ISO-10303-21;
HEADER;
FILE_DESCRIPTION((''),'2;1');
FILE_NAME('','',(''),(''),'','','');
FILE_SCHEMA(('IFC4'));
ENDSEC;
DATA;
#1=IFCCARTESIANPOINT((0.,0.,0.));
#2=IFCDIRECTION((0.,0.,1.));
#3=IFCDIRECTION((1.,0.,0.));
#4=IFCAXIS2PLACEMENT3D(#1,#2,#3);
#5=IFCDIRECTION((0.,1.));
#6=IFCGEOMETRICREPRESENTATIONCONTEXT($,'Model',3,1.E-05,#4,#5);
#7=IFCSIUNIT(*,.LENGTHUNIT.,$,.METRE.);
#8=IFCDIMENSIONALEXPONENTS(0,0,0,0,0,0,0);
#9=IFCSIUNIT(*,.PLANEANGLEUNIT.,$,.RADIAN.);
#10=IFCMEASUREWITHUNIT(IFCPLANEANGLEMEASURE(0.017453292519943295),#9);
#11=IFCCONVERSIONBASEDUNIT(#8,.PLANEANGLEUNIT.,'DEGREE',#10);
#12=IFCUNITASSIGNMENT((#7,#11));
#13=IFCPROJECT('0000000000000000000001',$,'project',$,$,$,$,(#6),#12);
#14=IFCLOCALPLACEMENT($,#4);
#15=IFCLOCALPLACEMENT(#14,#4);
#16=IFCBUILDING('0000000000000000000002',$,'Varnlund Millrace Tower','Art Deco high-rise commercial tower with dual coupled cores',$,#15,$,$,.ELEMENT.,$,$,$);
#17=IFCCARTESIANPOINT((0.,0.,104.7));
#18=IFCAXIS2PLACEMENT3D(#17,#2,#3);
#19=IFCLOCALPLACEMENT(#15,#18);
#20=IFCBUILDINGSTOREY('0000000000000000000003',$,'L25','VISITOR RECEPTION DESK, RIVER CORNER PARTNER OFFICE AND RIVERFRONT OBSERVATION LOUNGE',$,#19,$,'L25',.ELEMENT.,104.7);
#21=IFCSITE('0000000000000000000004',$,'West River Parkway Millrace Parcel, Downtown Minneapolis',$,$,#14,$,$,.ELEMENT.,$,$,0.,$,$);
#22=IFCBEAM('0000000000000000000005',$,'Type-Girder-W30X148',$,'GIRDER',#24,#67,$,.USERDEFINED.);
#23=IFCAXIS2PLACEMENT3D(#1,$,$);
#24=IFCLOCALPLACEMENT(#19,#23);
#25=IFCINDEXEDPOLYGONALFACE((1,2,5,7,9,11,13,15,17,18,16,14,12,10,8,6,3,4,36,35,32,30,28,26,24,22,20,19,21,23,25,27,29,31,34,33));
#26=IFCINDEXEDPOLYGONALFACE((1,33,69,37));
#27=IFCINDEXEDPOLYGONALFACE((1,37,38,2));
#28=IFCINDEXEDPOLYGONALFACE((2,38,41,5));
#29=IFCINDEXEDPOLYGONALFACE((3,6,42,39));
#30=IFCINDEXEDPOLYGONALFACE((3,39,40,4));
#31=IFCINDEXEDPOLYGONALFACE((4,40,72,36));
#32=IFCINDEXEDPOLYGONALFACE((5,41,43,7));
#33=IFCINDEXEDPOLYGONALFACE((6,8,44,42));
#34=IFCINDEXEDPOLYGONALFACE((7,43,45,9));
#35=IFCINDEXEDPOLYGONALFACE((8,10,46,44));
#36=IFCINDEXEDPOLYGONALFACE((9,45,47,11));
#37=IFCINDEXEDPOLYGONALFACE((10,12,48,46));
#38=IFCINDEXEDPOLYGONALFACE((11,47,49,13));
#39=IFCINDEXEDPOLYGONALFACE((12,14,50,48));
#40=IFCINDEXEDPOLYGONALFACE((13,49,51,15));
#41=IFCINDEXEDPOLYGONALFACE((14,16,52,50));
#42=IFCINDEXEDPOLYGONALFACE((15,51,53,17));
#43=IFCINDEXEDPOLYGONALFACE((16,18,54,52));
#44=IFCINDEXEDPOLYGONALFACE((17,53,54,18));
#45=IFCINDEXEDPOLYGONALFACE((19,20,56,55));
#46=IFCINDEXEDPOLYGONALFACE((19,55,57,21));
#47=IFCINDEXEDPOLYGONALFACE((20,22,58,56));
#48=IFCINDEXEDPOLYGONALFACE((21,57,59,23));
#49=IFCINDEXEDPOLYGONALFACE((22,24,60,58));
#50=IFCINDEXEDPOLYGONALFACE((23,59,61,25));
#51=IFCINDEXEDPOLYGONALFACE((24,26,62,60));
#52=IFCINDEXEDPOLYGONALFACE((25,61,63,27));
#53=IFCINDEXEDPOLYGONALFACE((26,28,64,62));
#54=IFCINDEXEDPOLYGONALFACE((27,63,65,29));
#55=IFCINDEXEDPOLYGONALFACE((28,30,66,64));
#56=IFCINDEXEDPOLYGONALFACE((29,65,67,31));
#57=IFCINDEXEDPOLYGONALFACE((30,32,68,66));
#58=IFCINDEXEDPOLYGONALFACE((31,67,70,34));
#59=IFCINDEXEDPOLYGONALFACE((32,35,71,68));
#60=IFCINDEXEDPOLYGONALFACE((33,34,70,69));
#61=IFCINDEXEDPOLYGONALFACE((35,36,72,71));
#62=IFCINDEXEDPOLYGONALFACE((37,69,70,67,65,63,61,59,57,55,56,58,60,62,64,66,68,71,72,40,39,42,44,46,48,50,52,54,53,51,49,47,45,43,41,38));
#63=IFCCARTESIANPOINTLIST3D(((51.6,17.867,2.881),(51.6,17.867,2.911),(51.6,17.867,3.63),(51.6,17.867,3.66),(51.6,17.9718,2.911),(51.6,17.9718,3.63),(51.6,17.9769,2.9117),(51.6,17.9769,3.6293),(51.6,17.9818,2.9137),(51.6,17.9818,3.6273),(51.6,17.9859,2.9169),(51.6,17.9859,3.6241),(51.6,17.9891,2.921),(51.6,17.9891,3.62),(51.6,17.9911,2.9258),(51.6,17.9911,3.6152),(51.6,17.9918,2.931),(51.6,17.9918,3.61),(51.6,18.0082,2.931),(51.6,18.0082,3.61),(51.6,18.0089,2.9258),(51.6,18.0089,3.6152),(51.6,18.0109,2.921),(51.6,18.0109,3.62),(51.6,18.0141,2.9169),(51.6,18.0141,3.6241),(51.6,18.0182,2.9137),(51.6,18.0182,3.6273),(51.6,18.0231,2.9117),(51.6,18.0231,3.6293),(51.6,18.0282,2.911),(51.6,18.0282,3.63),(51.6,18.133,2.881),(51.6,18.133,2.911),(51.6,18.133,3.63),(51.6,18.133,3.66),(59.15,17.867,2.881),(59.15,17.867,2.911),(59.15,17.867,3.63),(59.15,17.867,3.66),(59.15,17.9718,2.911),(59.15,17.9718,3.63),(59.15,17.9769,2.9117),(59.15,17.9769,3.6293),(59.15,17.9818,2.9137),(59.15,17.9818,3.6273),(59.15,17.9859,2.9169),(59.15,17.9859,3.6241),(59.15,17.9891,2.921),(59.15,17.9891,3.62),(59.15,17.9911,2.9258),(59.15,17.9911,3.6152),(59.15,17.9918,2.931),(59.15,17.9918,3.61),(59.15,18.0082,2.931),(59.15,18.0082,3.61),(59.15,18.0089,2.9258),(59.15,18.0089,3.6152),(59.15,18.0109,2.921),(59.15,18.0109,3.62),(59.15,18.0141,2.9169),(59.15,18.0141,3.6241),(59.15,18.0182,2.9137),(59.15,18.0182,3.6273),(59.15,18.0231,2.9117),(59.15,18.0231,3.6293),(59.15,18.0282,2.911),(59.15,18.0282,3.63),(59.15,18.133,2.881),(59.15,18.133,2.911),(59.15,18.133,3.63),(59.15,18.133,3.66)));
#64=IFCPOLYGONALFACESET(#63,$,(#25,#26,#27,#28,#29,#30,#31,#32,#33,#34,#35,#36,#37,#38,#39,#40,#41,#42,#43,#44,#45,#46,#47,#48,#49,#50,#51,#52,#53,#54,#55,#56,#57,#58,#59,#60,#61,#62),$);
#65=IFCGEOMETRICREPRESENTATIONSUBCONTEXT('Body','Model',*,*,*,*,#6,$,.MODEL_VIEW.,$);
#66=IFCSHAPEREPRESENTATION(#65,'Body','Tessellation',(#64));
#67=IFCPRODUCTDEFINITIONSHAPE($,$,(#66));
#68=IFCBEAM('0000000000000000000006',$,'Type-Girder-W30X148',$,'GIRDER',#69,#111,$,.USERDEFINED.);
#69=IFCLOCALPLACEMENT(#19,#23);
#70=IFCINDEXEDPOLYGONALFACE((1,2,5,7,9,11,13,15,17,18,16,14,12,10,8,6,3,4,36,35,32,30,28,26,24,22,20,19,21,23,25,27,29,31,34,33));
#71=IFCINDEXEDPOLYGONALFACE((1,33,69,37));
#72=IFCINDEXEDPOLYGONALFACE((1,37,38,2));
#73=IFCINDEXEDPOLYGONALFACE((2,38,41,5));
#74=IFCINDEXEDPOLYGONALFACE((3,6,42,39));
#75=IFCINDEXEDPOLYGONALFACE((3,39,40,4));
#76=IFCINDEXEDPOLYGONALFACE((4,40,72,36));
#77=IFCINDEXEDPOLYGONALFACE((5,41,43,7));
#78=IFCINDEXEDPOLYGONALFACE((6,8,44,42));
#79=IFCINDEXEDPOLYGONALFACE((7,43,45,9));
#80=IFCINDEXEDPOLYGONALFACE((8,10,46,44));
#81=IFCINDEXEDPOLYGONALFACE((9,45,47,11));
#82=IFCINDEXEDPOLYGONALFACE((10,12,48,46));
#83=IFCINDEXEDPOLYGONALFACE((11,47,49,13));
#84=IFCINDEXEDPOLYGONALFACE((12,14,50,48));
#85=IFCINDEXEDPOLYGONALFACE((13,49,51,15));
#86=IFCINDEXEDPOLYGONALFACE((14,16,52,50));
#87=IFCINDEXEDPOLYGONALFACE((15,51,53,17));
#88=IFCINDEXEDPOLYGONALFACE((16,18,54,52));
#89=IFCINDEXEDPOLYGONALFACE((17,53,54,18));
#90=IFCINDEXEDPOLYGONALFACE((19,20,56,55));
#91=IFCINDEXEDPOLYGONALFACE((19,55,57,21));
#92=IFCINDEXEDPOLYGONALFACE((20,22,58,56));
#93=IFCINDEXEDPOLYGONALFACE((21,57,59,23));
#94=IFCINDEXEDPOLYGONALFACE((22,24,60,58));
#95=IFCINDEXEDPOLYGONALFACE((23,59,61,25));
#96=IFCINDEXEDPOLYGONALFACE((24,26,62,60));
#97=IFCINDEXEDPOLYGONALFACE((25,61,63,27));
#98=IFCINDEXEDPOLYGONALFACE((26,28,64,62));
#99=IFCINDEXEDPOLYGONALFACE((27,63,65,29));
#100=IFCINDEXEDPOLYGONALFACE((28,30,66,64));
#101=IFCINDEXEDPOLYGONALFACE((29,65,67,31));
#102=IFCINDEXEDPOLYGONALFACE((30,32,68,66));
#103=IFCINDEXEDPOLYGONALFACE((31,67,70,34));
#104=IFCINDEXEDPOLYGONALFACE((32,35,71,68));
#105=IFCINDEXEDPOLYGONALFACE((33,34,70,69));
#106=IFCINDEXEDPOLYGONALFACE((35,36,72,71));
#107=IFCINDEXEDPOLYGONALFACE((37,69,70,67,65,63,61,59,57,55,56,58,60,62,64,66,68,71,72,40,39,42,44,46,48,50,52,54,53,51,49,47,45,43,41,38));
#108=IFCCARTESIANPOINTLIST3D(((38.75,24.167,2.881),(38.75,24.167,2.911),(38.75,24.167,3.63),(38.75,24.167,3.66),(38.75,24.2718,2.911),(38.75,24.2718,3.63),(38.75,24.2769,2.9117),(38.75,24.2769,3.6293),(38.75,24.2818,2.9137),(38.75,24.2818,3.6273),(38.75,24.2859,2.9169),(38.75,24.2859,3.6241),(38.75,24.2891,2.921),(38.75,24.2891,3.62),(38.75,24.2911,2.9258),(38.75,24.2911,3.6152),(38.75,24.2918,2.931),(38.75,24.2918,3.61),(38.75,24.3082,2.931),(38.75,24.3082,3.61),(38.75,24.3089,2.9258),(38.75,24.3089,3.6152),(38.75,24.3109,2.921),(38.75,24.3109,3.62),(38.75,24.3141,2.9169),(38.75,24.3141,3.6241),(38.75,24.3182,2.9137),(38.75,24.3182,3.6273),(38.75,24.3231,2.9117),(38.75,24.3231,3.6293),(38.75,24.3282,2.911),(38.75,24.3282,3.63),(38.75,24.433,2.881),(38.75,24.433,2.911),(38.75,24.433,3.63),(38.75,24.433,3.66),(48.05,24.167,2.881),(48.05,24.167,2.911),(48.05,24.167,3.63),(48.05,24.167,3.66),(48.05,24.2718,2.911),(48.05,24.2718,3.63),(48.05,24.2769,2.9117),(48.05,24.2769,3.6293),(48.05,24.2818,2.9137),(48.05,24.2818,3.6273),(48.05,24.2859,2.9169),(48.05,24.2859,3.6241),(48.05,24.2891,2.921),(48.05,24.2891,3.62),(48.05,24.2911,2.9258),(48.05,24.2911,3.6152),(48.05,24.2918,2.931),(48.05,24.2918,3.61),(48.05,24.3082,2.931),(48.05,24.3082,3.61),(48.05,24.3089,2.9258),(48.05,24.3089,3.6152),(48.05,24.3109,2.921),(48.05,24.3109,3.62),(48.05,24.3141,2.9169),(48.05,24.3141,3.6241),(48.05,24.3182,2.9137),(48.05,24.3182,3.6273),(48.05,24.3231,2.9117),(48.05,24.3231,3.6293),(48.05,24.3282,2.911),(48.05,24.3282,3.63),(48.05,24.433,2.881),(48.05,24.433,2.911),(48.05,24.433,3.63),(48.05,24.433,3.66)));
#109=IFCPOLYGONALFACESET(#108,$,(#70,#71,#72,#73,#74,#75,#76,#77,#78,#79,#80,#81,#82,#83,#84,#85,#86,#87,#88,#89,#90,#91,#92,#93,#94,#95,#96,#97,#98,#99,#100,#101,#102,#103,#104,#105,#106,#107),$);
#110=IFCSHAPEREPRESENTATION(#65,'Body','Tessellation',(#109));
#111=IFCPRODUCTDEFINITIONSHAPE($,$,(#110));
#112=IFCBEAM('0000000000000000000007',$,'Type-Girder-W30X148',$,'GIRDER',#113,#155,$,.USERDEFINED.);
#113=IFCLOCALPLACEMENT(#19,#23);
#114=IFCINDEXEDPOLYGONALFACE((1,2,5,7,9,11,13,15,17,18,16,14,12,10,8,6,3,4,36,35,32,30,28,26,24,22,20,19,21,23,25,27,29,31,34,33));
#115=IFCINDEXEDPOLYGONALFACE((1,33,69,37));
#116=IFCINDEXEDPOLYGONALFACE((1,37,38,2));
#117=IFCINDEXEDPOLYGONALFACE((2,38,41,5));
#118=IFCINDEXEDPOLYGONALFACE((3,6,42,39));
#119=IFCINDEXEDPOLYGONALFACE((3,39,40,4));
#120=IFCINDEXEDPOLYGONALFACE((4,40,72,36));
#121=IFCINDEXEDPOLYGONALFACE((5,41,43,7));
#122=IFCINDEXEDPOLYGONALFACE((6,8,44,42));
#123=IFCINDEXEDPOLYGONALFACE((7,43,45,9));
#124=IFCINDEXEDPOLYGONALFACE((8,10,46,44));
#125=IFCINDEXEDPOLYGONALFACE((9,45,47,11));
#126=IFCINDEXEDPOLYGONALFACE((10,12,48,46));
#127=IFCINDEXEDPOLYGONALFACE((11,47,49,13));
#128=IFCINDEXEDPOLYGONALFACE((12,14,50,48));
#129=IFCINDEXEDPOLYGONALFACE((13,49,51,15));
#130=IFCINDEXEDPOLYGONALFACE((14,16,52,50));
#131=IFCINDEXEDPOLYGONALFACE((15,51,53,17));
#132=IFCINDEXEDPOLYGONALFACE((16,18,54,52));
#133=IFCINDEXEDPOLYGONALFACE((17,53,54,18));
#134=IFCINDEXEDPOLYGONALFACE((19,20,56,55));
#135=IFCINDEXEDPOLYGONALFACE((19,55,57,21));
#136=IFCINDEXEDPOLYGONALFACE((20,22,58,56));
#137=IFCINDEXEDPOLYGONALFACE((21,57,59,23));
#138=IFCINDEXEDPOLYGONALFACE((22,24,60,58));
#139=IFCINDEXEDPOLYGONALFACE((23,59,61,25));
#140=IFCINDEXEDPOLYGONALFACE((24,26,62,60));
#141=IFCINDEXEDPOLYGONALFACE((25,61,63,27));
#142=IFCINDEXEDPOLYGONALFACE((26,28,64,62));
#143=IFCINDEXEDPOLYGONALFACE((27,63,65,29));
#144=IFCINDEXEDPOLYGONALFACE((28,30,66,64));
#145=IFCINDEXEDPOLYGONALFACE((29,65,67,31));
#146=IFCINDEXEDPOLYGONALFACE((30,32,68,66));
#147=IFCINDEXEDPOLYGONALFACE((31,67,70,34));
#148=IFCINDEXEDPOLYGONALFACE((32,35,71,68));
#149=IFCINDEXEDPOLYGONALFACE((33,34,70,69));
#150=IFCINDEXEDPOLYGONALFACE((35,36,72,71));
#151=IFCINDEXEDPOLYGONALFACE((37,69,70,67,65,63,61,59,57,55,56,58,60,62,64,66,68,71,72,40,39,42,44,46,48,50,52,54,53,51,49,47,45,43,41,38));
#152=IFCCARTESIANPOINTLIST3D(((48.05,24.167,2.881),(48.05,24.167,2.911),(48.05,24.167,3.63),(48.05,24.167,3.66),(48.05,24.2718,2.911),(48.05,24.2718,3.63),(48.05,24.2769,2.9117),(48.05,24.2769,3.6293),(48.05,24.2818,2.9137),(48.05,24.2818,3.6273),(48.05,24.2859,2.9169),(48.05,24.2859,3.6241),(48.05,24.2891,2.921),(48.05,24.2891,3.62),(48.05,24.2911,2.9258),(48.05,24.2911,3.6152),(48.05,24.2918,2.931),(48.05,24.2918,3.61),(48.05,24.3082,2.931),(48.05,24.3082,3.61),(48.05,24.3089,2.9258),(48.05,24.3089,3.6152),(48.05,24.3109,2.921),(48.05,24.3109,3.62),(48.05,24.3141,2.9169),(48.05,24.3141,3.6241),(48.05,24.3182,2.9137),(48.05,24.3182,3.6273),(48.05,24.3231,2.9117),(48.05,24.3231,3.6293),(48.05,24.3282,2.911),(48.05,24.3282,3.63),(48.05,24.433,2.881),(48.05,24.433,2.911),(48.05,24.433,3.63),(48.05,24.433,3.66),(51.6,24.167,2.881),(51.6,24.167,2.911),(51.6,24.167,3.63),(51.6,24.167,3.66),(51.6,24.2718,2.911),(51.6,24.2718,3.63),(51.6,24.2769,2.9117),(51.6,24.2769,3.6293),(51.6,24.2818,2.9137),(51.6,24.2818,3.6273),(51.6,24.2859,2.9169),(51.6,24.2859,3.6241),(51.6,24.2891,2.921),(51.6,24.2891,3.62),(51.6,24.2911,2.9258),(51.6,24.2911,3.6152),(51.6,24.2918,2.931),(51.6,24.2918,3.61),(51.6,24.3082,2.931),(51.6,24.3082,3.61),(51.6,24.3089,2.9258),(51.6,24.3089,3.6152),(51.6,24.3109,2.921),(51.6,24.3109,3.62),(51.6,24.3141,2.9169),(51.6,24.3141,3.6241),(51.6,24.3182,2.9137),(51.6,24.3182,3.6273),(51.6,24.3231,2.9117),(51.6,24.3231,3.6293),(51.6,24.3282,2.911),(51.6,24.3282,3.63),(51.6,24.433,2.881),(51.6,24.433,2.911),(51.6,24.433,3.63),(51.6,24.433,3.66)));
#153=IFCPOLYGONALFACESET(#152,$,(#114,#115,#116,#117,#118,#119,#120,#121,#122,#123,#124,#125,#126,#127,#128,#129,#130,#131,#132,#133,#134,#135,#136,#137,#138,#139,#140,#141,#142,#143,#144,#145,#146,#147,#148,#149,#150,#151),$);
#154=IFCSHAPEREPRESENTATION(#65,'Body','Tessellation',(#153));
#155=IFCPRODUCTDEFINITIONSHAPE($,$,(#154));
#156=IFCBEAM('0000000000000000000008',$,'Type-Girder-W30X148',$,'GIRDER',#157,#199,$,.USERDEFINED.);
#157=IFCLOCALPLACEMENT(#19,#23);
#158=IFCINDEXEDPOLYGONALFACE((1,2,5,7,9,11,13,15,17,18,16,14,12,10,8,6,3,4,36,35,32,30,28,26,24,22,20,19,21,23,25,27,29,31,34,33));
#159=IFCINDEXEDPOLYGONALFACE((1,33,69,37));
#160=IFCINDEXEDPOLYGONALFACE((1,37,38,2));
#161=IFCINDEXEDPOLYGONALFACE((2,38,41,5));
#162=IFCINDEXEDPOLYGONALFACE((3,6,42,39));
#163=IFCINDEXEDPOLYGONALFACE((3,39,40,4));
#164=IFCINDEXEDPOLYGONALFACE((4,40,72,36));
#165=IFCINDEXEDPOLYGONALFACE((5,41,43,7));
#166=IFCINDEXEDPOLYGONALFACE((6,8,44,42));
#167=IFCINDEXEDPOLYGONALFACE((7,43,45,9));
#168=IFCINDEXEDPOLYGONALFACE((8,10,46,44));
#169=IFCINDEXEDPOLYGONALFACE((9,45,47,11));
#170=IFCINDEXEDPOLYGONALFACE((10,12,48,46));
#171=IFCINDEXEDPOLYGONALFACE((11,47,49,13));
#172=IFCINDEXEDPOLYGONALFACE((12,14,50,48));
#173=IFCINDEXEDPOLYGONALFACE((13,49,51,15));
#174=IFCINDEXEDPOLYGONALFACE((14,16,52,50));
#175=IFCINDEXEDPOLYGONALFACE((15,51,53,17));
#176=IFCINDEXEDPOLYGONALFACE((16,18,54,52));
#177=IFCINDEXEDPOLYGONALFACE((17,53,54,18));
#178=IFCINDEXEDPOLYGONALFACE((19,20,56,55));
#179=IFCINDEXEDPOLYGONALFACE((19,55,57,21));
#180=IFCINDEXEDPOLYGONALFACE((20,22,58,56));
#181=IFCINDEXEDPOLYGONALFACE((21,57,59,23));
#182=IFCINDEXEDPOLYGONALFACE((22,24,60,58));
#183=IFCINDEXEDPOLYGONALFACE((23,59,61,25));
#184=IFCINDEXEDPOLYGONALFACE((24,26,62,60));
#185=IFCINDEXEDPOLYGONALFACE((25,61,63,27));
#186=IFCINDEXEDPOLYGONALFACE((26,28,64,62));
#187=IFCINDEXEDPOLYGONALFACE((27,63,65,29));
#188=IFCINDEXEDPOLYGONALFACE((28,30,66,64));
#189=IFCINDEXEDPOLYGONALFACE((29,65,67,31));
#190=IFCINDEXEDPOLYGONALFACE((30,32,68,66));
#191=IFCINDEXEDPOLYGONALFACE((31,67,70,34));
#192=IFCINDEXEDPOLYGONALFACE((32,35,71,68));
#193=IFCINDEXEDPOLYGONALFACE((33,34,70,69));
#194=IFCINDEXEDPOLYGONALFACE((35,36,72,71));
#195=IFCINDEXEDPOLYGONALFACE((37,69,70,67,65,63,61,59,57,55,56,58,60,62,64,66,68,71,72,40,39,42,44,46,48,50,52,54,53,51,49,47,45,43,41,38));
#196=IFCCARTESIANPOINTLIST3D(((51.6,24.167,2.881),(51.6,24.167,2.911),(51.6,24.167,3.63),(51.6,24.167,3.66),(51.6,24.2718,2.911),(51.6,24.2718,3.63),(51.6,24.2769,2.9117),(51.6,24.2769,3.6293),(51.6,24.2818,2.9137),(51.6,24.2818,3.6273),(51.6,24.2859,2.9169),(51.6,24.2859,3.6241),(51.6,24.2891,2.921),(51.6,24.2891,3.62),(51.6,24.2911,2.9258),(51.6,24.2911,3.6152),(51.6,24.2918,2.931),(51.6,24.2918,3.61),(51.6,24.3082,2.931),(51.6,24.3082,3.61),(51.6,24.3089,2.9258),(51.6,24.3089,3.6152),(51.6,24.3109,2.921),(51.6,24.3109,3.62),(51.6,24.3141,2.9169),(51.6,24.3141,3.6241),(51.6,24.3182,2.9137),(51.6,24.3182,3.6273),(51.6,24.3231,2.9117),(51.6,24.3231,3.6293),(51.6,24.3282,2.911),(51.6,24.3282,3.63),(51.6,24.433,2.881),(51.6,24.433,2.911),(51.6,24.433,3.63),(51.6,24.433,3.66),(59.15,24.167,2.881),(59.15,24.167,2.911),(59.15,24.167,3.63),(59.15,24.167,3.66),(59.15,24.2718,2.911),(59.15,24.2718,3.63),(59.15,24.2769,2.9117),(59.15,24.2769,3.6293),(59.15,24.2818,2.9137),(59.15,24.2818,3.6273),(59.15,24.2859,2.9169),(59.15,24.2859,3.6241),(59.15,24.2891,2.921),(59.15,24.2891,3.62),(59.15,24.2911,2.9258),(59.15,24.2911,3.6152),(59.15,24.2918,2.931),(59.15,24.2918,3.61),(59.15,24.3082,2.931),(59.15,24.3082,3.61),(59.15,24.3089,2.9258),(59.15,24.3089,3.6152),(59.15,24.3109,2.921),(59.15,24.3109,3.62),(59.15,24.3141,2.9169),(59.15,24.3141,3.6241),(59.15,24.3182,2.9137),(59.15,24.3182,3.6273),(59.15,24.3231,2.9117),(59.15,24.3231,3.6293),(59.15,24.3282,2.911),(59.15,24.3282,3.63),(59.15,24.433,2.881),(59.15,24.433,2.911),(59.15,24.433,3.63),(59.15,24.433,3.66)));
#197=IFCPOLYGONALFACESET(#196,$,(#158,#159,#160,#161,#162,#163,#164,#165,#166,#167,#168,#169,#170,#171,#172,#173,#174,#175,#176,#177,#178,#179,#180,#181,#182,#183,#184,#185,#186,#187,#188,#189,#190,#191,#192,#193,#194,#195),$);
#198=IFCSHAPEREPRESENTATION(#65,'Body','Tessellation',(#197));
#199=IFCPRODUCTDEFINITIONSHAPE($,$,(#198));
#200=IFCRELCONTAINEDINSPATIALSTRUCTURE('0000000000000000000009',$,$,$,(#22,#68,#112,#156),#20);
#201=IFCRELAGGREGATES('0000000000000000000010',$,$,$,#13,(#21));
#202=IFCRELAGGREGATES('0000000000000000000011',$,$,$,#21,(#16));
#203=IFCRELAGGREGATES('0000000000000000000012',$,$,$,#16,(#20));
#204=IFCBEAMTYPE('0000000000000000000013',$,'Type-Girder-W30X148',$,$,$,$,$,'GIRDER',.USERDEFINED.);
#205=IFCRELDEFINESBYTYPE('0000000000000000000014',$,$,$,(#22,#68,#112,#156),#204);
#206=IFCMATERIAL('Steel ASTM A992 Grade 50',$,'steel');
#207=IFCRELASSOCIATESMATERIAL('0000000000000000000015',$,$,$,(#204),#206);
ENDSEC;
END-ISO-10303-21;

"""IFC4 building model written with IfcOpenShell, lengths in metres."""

from ifc_helpers import new_model, entity, si_unit, converted_unit, direction, frame, origin_with_axes, origin_2d_with_axis, place, context, subcontext, project, spatial, i_section, extrude, material, material_profile, profile_set, type_object, element, save


model = new_model("IFC4")

# Units and contexts
model_context = context("Model", 3, precision=1e-05, world=origin_with_axes(), true_north=direction((0.0, 1.0)))
body_context = subcontext(model_context, "Body", "Model", "MODEL_VIEW")
ifc_project = project(units=[si_unit("LENGTHUNIT", "METRE"), converted_unit("PLANEANGLEUNIT", "DEGREE", entity("IfcPlaneAngleMeasure", 0.017453292519943295), si_unit("PLANEANGLEUNIT", "RADIAN"), dimensions=[0, 0, 0, 0, 0, 0, 0])], contexts=[model_context])

# Site, building, storey
site_placement = place(None, origin_with_axes())
site = spatial("IfcSite", under=ifc_project, at=site_placement, Name="West River Parkway Millrace Parcel, Downtown Minneapolis", CompositionType="ELEMENT", RefElevation=0.0)
building_placement = place(site_placement, origin_with_axes())
building = spatial("IfcBuilding", under=site, at=building_placement, Name="Varnlund Millrace Tower", Description="Art Deco high-rise commercial tower with dual coupled cores", CompositionType="ELEMENT")
storey_placement = place(building_placement, frame((0.0, 0.0, 104.7), z_axis=(0.0, 0.0, 1.0), x_axis=(1.0, 0.0, 0.0)))
storey = spatial("IfcBuildingStorey", under=building, at=storey_placement, Name="L25", Description="VISITOR RECEPTION DESK, RIVER CORNER PARTNER OFFICE AND RIVERFRONT OBSERVATION LOUNGE", LongName="L25", CompositionType="ELEMENT", Elevation=104.7)

# Beams
ifc_material_1 = material(Name="Steel ASTM A992 Grade 50", Category="steel")
ifc_material_profile_1 = material_profile(ifc_material_1, i_section(OverallWidth=0.266, OverallDepth=0.779, WebThickness=0.0165, FlangeThickness=0.03, FilletRadius=0.02, at=origin_2d_with_axis()), Name="Steel ASTM A992 Grade 50")
ifc_profile_set_1 = profile_set([ifc_material_profile_1], Name="Steel ASTM A992 Grade 50")
beam_type_1 = type_object("IfcBeamType", Name="Type-Girder-W30X148", ElementType="GIRDER", PredefinedType="USERDEFINED", material=ifc_profile_set_1)
beam_1_placement = place(storey_placement, frame((51.6, 18.0, 3.2705), z_axis=(1.0, 0.0, 0.0), x_axis=(0.0, 1.0, 0.0)))
element("IfcBeam", 1, at=beam_1_placement, inside=storey, type_object=beam_type_1, Name="Type-Girder-W30X148", ObjectType="GIRDER", PredefinedType="USERDEFINED", context=body_context, shape_type="SweptSolid", body=[
    extrude(i_section(OverallWidth=0.266, OverallDepth=0.779, WebThickness=0.0165, FlangeThickness=0.03, FilletRadius=0.02, at=origin_2d_with_axis()), origin_with_axes(), (0.0, 0.0, 1.0), 7.55),
])
beam_2_placement = place(storey_placement, frame((38.75, 24.3, 3.2705), z_axis=(1.0, 0.0, 0.0), x_axis=(0.0, 1.0, 0.0)))
element("IfcBeam", 2, at=beam_2_placement, inside=storey, type_object=beam_type_1, Name="Type-Girder-W30X148", ObjectType="GIRDER", PredefinedType="USERDEFINED", context=body_context, shape_type="SweptSolid", body=[
    extrude(i_section(OverallWidth=0.266, OverallDepth=0.779, WebThickness=0.0165, FlangeThickness=0.03, FilletRadius=0.02, at=origin_2d_with_axis()), origin_with_axes(), (0.0, 0.0, 1.0), 9.3),
])
beam_3_placement = place(storey_placement, frame((48.05, 24.3, 3.2705), z_axis=(1.0, 0.0, 0.0), x_axis=(0.0, 1.0, 0.0)))
element("IfcBeam", 3, at=beam_3_placement, inside=storey, type_object=beam_type_1, Name="Type-Girder-W30X148", ObjectType="GIRDER", PredefinedType="USERDEFINED", context=body_context, shape_type="SweptSolid", body=[
    extrude(i_section(OverallWidth=0.266, OverallDepth=0.779, WebThickness=0.0165, FlangeThickness=0.03, FilletRadius=0.02, at=origin_2d_with_axis()), origin_with_axes(), (0.0, 0.0, 1.0), 3.55),
])
beam_4_placement = place(storey_placement, frame((51.6, 24.3, 3.2705), z_axis=(1.0, 0.0, 0.0), x_axis=(0.0, 1.0, 0.0)))
element("IfcBeam", 4, at=beam_4_placement, inside=storey, type_object=beam_type_1, Name="Type-Girder-W30X148", ObjectType="GIRDER", PredefinedType="USERDEFINED", context=body_context, shape_type="SweptSolid", body=[
    extrude(i_section(OverallWidth=0.266, OverallDepth=0.779, WebThickness=0.0165, FlangeThickness=0.03, FilletRadius=0.02, at=origin_2d_with_axis()), origin_with_axes(), (0.0, 0.0, 1.0), 7.55),
])

save(model, "model.ifc")
